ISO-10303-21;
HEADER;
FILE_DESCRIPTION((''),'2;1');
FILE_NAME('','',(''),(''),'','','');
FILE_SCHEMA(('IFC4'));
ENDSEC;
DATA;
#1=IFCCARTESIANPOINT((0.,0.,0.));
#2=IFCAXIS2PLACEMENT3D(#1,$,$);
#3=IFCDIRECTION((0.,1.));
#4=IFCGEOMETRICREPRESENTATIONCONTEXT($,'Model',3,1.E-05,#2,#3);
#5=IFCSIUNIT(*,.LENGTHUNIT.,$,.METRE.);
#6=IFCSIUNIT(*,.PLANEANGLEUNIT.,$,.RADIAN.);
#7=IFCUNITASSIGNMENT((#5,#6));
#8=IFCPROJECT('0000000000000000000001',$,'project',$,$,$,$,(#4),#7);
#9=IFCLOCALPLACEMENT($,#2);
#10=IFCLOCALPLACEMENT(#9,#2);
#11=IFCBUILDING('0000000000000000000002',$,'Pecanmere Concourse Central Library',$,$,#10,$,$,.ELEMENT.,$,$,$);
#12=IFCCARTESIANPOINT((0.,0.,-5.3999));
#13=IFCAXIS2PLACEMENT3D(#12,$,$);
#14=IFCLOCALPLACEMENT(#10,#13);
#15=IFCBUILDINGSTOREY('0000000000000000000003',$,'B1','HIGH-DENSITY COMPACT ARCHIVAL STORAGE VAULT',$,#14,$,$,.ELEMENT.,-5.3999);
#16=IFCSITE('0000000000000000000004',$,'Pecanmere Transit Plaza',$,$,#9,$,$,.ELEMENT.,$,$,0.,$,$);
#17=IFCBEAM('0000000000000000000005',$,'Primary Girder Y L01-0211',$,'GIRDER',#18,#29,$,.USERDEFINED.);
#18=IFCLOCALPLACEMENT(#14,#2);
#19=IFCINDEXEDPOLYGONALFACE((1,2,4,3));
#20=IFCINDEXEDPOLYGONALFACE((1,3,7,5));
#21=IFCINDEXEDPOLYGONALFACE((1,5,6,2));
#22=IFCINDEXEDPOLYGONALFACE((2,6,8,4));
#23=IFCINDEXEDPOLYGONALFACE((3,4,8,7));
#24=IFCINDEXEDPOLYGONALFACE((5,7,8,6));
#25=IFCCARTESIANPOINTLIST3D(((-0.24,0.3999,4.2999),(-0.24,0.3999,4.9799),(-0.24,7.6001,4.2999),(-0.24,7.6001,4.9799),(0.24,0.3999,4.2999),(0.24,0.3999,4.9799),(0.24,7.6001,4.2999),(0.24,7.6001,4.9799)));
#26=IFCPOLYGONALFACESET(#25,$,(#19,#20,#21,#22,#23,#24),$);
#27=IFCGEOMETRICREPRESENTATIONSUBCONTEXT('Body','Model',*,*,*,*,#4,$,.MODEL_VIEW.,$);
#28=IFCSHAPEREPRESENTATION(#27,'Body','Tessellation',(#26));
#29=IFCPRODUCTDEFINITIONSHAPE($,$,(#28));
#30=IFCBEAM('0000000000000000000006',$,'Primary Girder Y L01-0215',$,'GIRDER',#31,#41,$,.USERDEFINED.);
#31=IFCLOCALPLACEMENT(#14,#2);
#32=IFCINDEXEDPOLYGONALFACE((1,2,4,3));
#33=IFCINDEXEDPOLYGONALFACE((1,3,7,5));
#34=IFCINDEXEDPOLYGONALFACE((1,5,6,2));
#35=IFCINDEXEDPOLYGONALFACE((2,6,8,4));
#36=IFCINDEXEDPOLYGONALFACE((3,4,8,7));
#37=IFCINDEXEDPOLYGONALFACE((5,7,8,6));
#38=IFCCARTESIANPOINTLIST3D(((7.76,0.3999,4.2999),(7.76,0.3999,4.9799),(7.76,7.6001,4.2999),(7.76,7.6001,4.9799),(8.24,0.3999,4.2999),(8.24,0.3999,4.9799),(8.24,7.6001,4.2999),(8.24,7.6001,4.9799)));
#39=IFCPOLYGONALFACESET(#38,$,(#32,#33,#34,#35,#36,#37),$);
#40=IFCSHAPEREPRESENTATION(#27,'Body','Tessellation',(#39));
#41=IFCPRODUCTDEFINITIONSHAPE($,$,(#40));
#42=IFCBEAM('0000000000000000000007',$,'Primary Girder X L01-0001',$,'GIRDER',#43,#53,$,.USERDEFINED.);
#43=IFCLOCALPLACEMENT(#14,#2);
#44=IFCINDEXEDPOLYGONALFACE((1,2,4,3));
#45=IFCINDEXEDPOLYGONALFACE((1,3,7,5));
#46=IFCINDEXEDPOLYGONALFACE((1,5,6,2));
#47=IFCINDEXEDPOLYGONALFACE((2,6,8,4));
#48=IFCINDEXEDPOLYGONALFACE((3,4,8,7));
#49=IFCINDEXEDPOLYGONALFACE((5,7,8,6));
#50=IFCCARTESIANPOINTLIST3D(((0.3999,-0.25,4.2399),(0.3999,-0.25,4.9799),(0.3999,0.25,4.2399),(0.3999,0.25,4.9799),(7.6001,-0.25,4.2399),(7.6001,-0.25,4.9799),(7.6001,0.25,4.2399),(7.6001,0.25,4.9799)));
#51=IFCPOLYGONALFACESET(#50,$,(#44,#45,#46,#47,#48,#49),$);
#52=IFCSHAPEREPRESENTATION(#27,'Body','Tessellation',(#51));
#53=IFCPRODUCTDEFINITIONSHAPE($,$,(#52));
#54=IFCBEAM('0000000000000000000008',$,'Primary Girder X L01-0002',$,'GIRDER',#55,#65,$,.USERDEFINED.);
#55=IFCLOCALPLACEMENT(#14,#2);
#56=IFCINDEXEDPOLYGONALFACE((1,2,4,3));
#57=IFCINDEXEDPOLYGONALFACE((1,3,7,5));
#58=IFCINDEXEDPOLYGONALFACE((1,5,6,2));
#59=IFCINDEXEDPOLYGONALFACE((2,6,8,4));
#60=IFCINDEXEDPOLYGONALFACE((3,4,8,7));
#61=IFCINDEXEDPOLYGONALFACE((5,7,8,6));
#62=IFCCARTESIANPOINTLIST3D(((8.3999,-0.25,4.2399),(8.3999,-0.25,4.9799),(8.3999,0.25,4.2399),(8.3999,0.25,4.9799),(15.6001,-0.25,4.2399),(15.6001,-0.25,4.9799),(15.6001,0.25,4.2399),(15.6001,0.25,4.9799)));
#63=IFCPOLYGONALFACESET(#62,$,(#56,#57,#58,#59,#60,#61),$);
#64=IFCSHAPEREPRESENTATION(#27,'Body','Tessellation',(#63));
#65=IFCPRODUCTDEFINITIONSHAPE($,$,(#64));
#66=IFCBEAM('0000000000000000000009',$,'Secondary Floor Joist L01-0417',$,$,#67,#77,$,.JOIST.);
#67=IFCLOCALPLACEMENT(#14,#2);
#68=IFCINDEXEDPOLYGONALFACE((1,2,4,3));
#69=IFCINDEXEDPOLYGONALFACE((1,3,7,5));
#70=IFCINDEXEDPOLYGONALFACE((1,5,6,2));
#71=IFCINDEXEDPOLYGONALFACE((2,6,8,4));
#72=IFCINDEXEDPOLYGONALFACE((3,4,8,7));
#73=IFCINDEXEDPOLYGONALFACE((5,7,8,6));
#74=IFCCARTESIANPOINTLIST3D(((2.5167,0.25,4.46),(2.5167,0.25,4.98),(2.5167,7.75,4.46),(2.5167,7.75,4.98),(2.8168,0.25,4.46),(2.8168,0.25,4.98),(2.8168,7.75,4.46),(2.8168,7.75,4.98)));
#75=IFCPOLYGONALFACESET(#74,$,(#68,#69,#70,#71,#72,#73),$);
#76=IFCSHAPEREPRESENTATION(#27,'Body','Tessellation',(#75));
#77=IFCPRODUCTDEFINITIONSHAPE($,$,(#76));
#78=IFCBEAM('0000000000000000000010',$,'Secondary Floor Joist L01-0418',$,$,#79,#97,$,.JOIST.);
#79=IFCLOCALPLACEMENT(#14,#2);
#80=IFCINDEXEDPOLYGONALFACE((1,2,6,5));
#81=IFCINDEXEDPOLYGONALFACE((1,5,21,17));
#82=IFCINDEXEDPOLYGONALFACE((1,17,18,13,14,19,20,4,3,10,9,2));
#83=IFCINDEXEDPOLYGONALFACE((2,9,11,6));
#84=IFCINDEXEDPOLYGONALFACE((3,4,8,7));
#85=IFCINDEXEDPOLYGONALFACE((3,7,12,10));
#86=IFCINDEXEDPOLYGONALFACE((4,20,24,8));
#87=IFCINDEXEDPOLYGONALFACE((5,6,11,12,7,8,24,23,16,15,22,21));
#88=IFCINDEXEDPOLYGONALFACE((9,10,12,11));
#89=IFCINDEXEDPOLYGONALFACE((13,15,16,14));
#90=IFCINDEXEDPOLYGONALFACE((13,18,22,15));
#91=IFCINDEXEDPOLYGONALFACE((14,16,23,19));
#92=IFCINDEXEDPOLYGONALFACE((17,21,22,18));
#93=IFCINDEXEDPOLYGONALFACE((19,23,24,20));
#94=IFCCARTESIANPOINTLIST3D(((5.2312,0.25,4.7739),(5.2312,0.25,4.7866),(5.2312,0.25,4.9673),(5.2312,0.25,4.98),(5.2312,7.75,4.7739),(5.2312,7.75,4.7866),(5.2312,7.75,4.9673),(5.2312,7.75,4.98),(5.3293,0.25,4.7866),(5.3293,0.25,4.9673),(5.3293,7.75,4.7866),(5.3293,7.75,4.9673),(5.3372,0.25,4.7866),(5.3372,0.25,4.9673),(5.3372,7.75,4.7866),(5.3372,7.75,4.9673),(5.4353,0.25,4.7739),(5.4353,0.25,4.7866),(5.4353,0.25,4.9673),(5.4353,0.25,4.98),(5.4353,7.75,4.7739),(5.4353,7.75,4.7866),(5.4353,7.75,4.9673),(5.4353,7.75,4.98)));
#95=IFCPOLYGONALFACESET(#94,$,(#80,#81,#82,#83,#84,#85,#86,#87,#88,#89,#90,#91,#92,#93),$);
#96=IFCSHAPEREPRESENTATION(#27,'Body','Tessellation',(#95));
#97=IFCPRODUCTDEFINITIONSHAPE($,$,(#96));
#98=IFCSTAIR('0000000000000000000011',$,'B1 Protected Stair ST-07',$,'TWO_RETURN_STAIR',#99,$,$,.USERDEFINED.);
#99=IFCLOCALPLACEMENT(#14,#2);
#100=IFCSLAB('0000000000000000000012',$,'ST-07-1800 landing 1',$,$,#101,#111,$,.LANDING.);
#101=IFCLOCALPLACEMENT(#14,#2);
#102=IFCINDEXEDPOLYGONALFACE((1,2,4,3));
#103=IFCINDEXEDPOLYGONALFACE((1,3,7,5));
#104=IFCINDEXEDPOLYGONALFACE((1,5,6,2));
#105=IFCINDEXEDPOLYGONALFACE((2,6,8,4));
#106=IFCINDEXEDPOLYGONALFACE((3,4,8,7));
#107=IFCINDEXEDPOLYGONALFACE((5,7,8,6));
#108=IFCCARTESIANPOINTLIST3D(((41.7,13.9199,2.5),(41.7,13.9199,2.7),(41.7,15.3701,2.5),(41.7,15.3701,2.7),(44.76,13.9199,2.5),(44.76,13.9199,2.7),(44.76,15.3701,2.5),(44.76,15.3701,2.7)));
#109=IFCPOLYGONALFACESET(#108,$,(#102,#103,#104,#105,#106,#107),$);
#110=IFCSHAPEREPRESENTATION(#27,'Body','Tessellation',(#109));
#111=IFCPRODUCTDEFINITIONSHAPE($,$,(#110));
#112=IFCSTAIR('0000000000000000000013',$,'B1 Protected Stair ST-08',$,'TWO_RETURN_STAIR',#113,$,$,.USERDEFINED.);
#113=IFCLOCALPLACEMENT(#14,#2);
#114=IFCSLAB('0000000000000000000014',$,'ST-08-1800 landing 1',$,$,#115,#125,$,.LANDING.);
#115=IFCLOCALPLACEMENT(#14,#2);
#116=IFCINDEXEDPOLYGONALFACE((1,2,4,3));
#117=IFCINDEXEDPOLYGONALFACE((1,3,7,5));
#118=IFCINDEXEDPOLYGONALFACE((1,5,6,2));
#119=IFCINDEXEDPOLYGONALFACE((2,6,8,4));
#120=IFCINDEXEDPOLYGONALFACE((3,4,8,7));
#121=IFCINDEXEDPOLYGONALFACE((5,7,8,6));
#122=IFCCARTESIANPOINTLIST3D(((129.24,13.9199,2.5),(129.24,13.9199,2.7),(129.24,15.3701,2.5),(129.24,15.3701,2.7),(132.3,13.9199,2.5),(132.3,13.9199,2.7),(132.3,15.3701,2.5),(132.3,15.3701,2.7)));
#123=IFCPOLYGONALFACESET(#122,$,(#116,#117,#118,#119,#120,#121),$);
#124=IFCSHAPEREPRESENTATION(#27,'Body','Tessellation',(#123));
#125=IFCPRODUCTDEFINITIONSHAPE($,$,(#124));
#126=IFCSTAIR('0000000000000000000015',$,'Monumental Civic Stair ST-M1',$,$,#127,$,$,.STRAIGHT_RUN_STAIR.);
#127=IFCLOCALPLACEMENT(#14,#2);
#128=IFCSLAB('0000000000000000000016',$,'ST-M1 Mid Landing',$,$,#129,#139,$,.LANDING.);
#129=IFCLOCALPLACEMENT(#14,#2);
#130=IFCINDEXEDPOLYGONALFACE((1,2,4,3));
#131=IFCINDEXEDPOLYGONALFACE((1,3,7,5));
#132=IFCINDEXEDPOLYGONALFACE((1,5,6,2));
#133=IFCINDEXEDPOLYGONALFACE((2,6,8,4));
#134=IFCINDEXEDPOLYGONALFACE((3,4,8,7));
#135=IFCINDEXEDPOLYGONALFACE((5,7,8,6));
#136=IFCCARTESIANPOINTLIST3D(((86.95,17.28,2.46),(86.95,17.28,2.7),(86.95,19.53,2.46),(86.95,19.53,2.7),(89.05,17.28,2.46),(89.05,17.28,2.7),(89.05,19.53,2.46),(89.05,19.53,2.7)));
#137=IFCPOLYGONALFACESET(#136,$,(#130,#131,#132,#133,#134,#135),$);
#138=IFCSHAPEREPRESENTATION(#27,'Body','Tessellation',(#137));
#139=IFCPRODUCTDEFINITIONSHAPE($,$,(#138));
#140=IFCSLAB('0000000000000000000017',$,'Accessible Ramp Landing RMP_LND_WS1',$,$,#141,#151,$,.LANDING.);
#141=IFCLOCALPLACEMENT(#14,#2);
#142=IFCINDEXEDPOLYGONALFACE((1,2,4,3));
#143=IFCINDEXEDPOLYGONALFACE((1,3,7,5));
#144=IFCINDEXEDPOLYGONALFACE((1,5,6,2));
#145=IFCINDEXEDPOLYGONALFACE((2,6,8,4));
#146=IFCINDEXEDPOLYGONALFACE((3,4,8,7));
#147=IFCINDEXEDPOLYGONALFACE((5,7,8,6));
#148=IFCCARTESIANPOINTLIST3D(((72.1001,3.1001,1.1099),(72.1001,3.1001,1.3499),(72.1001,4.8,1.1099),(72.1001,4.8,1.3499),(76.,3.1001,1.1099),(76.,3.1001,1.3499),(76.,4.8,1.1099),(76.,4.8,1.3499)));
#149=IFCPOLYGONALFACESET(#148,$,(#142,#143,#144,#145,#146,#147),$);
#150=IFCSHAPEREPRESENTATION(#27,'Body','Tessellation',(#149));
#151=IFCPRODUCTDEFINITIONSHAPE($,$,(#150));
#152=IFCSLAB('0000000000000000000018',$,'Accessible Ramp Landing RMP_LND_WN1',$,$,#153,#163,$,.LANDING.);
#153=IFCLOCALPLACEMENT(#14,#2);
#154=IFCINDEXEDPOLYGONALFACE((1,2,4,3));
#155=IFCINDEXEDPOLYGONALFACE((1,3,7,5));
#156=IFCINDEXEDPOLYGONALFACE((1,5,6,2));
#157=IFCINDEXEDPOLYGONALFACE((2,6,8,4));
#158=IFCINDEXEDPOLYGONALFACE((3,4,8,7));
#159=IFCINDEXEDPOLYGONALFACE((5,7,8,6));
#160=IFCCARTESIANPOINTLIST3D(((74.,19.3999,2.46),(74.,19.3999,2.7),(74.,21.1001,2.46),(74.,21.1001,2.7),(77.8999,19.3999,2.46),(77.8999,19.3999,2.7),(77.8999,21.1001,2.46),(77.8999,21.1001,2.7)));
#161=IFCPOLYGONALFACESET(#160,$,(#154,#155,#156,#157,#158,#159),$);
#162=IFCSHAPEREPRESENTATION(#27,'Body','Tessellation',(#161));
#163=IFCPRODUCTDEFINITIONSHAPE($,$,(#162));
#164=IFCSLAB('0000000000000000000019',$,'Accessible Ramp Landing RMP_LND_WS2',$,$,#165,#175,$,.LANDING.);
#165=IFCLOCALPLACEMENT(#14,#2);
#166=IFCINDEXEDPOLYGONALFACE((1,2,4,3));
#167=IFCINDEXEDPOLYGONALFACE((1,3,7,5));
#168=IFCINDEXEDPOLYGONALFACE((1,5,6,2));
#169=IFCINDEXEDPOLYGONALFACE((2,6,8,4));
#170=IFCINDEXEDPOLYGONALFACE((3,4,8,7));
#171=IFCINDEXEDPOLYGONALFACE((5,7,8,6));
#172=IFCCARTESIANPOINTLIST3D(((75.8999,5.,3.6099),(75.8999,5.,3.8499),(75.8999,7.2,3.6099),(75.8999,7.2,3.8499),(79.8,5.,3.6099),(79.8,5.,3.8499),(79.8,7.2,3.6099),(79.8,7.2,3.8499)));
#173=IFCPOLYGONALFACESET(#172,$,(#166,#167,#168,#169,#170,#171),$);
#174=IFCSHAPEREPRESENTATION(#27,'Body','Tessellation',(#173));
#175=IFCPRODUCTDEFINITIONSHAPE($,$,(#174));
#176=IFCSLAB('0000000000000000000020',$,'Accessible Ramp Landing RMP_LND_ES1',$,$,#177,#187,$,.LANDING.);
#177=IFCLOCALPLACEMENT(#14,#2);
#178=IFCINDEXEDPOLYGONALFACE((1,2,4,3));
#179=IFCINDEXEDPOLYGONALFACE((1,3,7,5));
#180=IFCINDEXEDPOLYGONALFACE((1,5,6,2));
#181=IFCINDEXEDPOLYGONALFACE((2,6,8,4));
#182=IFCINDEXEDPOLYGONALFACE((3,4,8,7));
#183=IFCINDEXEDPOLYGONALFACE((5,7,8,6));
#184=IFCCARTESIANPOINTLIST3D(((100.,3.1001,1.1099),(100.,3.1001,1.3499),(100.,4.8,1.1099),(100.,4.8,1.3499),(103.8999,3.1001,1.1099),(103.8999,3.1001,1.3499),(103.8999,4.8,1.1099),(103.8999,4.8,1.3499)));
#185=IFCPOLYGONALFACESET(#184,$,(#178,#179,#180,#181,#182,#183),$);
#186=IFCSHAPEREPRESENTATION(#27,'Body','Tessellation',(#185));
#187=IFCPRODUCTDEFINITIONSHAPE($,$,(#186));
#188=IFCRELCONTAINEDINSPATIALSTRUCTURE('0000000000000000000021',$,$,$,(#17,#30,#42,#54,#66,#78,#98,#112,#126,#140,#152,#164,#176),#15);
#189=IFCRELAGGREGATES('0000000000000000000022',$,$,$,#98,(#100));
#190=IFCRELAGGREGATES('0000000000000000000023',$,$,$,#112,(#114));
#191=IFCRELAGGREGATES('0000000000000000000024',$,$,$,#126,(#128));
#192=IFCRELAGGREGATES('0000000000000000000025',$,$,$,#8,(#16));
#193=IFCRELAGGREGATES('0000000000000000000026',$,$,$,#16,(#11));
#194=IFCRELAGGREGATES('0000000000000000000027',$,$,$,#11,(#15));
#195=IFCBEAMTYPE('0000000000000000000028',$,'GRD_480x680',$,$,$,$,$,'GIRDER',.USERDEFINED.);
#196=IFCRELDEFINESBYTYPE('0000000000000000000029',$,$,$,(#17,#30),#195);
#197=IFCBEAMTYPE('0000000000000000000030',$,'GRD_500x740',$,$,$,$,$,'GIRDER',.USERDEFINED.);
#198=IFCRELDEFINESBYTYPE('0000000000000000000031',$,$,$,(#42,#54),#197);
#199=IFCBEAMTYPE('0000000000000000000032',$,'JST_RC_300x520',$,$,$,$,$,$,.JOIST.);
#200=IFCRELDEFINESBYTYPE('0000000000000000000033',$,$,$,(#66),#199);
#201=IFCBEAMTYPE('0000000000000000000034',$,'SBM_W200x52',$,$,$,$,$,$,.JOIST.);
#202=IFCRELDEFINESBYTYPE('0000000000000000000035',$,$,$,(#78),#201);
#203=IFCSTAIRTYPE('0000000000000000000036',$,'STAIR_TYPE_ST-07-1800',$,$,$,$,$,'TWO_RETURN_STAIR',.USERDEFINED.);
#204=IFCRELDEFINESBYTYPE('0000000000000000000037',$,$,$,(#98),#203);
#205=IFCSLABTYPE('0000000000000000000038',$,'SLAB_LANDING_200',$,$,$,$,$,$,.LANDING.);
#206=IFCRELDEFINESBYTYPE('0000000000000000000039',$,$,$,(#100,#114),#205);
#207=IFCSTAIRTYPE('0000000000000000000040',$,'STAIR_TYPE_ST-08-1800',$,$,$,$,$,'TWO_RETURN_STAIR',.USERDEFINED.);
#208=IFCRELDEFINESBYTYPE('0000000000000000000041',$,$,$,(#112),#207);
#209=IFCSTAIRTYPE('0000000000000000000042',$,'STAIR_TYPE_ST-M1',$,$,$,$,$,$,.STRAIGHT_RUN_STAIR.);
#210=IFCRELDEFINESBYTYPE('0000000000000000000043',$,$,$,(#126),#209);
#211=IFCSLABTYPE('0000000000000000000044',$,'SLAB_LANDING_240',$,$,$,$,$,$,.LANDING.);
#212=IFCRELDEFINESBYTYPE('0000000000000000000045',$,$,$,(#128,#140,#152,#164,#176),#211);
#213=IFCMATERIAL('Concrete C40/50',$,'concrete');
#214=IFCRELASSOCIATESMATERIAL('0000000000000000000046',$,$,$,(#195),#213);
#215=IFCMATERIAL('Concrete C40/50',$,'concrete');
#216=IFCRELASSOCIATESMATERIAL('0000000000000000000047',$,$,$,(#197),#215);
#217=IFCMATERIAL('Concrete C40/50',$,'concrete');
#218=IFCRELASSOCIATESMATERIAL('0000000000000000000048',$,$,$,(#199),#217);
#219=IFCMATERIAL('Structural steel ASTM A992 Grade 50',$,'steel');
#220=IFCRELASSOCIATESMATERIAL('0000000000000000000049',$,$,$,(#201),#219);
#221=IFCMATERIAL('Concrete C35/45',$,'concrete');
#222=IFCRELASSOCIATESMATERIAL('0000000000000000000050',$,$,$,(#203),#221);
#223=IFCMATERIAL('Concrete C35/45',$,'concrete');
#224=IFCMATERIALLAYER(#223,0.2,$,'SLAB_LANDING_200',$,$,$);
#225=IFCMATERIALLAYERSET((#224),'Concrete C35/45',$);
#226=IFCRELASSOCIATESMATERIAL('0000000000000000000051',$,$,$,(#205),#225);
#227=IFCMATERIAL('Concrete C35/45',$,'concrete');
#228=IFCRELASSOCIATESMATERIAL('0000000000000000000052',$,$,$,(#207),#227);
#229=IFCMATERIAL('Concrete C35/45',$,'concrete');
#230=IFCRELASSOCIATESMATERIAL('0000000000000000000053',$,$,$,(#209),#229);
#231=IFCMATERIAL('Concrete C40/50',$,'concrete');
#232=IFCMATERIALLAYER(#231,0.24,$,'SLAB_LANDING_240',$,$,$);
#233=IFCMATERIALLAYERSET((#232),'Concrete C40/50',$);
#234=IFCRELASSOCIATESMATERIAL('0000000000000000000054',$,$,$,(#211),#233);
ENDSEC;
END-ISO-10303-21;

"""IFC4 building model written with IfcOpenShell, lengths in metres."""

from ifc_helpers import new_model, si_unit, direction, frame, origin, origin_2d, place, context, subcontext, project, spatial, polyline, rectangle, i_section, outline, extrude, material, layer, layer_set, material_profile, profile_set, type_object, element, aggregate, save


model = new_model("IFC4")

# Units and contexts
model_context = context("Model", 3, precision=1e-05, world=origin(), true_north=direction((0.0, 1.0)))
body_context = subcontext(model_context, "Body", "Model", "MODEL_VIEW")
ifc_project = project(units=[si_unit("LENGTHUNIT", "METRE"), si_unit("PLANEANGLEUNIT", "RADIAN")], contexts=[model_context])

# Site, building, storey
site_placement = place(None, origin())
site = spatial("IfcSite", under=ifc_project, at=site_placement, Name="Pecanmere Transit Plaza", CompositionType="ELEMENT", RefElevation=0.0)
building_placement = place(site_placement, origin())
building = spatial("IfcBuilding", under=site, at=building_placement, Name="Pecanmere Concourse Central Library", CompositionType="ELEMENT")
storey_placement = place(building_placement, frame((0.0, 0.0, -5.3999)))
storey = spatial("IfcBuildingStorey", under=building, at=storey_placement, Name="B1", Description="HIGH-DENSITY COMPACT ARCHIVAL STORAGE VAULT", CompositionType="ELEMENT", Elevation=-5.3999)

# Beams
ifc_material_1 = material(Name="Concrete C40/50", Category="concrete")
ifc_material_profile_1 = material_profile(ifc_material_1, rectangle(XDim=0.48, YDim=0.6799, at=origin_2d()), Name="RC 480x680")
ifc_profile_set_1 = profile_set([ifc_material_profile_1], Name="Concrete C40/50")
beam_type_1 = type_object("IfcBeamType", Name="GRD_480x680", ElementType="GIRDER", PredefinedType="USERDEFINED", material=ifc_profile_set_1)
for number, where, z_axis, x_axis, name in (
    (1, (0.0, 0.3999, 4.6399), (0.0, 1.0, 0.0), (-1.0, 0.0, 0.0), "Primary Girder Y L01-0211"),
    (2, (8.0, 0.3999, 4.6399), (0.0, 1.0, 0.0), (-1.0, 0.0, 0.0), "Primary Girder Y L01-0215"),
):
    element("IfcBeam", number, at=place(storey_placement, frame(where, z_axis=z_axis, x_axis=x_axis)), inside=storey, type_object=beam_type_1, Name=name, ObjectType="GIRDER", PredefinedType="USERDEFINED", context=body_context, shape_type="SweptSolid", body=[
        extrude(rectangle(XDim=0.48, YDim=0.6799, at=origin_2d()), origin(), (0.0, 0.0, 1.0), 7.2002),
    ])
ifc_material_2 = material(Name="Concrete C40/50", Category="concrete")
ifc_material_profile_2 = material_profile(ifc_material_2, rectangle(XDim=0.5, YDim=0.74, at=origin_2d()), Name="RC 500x740")
ifc_profile_set_2 = profile_set([ifc_material_profile_2], Name="Concrete C40/50")
beam_type_2 = type_object("IfcBeamType", Name="GRD_500x740", ElementType="GIRDER", PredefinedType="USERDEFINED", material=ifc_profile_set_2)
for number, where, z_axis, x_axis, name in (
    (3, (0.3999, 0.0, 4.6099), (1.0, 0.0, 0.0), (0.0, 1.0, 0.0), "Primary Girder X L01-0001"),
    (4, (8.3999, 0.0, 4.6099), (1.0, 0.0, 0.0), (0.0, 1.0, 0.0), "Primary Girder X L01-0002"),
):
    element("IfcBeam", number, at=place(storey_placement, frame(where, z_axis=z_axis, x_axis=x_axis)), inside=storey, type_object=beam_type_2, Name=name, ObjectType="GIRDER", PredefinedType="USERDEFINED", context=body_context, shape_type="SweptSolid", body=[
        extrude(rectangle(XDim=0.5, YDim=0.74, at=origin_2d()), origin(), (0.0, 0.0, 1.0), 7.2002),
    ])
ifc_material_3 = material(Name="Concrete C40/50", Category="concrete")
ifc_material_profile_3 = material_profile(ifc_material_3, rectangle(XDim=0.3, YDim=0.52, at=origin_2d()), Name="RC 300x520")
ifc_profile_set_3 = profile_set([ifc_material_profile_3], Name="Concrete C40/50")
beam_type_3 = type_object("IfcBeamType", Name="JST_RC_300x520", PredefinedType="JOIST", material=ifc_profile_set_3)
beam_1_placement = place(storey_placement, frame((2.6667, 0.25, 4.72), z_axis=(0.0, 1.0, 0.0), x_axis=(-1.0, 0.0, 0.0)))
element("IfcBeam", 5, at=beam_1_placement, inside=storey, type_object=beam_type_3, Name="Secondary Floor Joist L01-0417", PredefinedType="JOIST", context=body_context, shape_type="SweptSolid", body=[
    extrude(rectangle(XDim=0.3, YDim=0.52, at=origin_2d()), origin(), (0.0, 0.0, 1.0), 7.5),
])
ifc_material_4 = material(Name="Structural steel ASTM A992 Grade 50", Category="steel")
ifc_material_profile_4 = material_profile(ifc_material_4, i_section(OverallWidth=0.2041, OverallDepth=0.2061, WebThickness=0.0078, FlangeThickness=0.0127, at=origin_2d()), Name="W200x52")
ifc_profile_set_4 = profile_set([ifc_material_profile_4], Name="Structural steel ASTM A992 Grade 50")
beam_type_4 = type_object("IfcBeamType", Name="SBM_W200x52", PredefinedType="JOIST", material=ifc_profile_set_4)
beam_2_placement = place(storey_placement, frame((5.3333, 0.25, 4.877), z_axis=(0.0, 1.0, 0.0), x_axis=(-1.0, 0.0, 0.0)))
element("IfcBeam", 6, at=beam_2_placement, inside=storey, type_object=beam_type_4, Name="Secondary Floor Joist L01-0418", PredefinedType="JOIST", context=body_context, shape_type="SweptSolid", body=[
    extrude(i_section(OverallWidth=0.2041, OverallDepth=0.2061, WebThickness=0.0078, FlangeThickness=0.0127, at=origin_2d()), origin(), (0.0, 0.0, 1.0), 7.5),
])

# Stairs, slabs
ifc_material_5 = material(Name="Concrete C35/45", Category="concrete")
stair_type_1 = type_object("IfcStairType", Name="STAIR_TYPE_ST-07-1800", ElementType="TWO_RETURN_STAIR", PredefinedType="USERDEFINED", material=ifc_material_5)
stair_1_placement = place(storey_placement, origin())
stair_1 = element("IfcStair", 7, at=stair_1_placement, inside=storey, type_object=stair_type_1, Name="B1 Protected Stair ST-07", ObjectType="TWO_RETURN_STAIR", PredefinedType="USERDEFINED")
ifc_material_6 = material(Name="Concrete C35/45", Category="concrete")
ifc_layer_1 = layer(ifc_material_6, 0.2, Name="SLAB_LANDING_200")
ifc_layer_set_1 = layer_set([ifc_layer_1], Name="Concrete C35/45")
slab_type_1 = type_object("IfcSlabType", Name="SLAB_LANDING_200", PredefinedType="LANDING", material=ifc_layer_set_1)
slab_1_placement = place(storey_placement, frame((0.0, 0.0, 2.5)))
slab_1 = element("IfcSlab", 8, at=slab_1_placement, type_object=slab_type_1, Name="ST-07-1800 landing 1", PredefinedType="LANDING", context=body_context, shape_type="SweptSolid", body=[
    extrude(outline(polyline([(44.76, 13.9199), (44.76, 15.3701), (41.7, 15.3701), (41.7, 13.9199), (44.76, 13.9199)])), origin(), (0.0, 0.0, 1.0), 0.2),
])
aggregate(stair_1, [slab_1])
ifc_material_7 = material(Name="Concrete C35/45", Category="concrete")
stair_type_2 = type_object("IfcStairType", Name="STAIR_TYPE_ST-08-1800", ElementType="TWO_RETURN_STAIR", PredefinedType="USERDEFINED", material=ifc_material_7)
stair_2_placement = place(storey_placement, origin())
stair_2 = element("IfcStair", 9, at=stair_2_placement, inside=storey, type_object=stair_type_2, Name="B1 Protected Stair ST-08", ObjectType="TWO_RETURN_STAIR", PredefinedType="USERDEFINED")
slab_2_placement = place(storey_placement, frame((0.0, 0.0, 2.5)))
slab_2 = element("IfcSlab", 10, at=slab_2_placement, type_object=slab_type_1, Name="ST-08-1800 landing 1", PredefinedType="LANDING", context=body_context, shape_type="SweptSolid", body=[
    extrude(outline(polyline([(132.3, 13.9199), (132.3, 15.3701), (129.24, 15.3701), (129.24, 13.9199), (132.3, 13.9199)])), origin(), (0.0, 0.0, 1.0), 0.2),
])
aggregate(stair_2, [slab_2])
ifc_material_8 = material(Name="Concrete C35/45", Category="concrete")
stair_type_3 = type_object("IfcStairType", Name="STAIR_TYPE_ST-M1", PredefinedType="STRAIGHT_RUN_STAIR", material=ifc_material_8)
stair_3_placement = place(storey_placement, origin())
stair_3 = element("IfcStair", 11, at=stair_3_placement, inside=storey, type_object=stair_type_3, Name="Monumental Civic Stair ST-M1", PredefinedType="STRAIGHT_RUN_STAIR")
ifc_material_9 = material(Name="Concrete C40/50", Category="concrete")
ifc_layer_2 = layer(ifc_material_9, 0.24, Name="SLAB_LANDING_240")
ifc_layer_set_2 = layer_set([ifc_layer_2], Name="Concrete C40/50")
slab_type_2 = type_object("IfcSlabType", Name="SLAB_LANDING_240", PredefinedType="LANDING", material=ifc_layer_set_2)
slab_3_placement = place(storey_placement, frame((0.0, 0.0, 2.46)))
slab_3 = element("IfcSlab", 12, at=slab_3_placement, type_object=slab_type_2, Name="ST-M1 Mid Landing", PredefinedType="LANDING", context=body_context, shape_type="SweptSolid", body=[
    extrude(outline(polyline([(89.05, 17.28), (89.05, 19.53), (86.95, 19.53), (86.95, 17.28), (89.05, 17.28)])), origin(), (0.0, 0.0, 1.0), 0.24),
])
aggregate(stair_3, [slab_3])

# Slabs
slab_4_placement = place(storey_placement, frame((0.0, 0.0, 1.1099)))
element("IfcSlab", 13, at=slab_4_placement, inside=storey, type_object=slab_type_2, Name="Accessible Ramp Landing RMP_LND_WS1", PredefinedType="LANDING", context=body_context, shape_type="SweptSolid", body=[
    extrude(outline(polyline([(72.1001, 3.1001), (76.0, 3.1001), (76.0, 4.8), (72.1001, 4.8), (72.1001, 3.1001)])), origin(), (0.0, 0.0, 1.0), 0.24),
])
slab_5_placement = place(storey_placement, frame((0.0, 0.0, 2.46)))
element("IfcSlab", 14, at=slab_5_placement, inside=storey, type_object=slab_type_2, Name="Accessible Ramp Landing RMP_LND_WN1", PredefinedType="LANDING", context=body_context, shape_type="SweptSolid", body=[
    extrude(outline(polyline([(74.0, 19.3999), (77.8999, 19.3999), (77.8999, 21.1001), (74.0, 21.1001), (74.0, 19.3999)])), origin(), (0.0, 0.0, 1.0), 0.24),
])
slab_6_placement = place(storey_placement, frame((0.0, 0.0, 3.6099)))
element("IfcSlab", 15, at=slab_6_placement, inside=storey, type_object=slab_type_2, Name="Accessible Ramp Landing RMP_LND_WS2", PredefinedType="LANDING", context=body_context, shape_type="SweptSolid", body=[
    extrude(outline(polyline([(75.8999, 5.0), (79.8, 5.0), (79.8, 7.2), (75.8999, 7.2), (75.8999, 5.0)])), origin(), (0.0, 0.0, 1.0), 0.24),
])
slab_7_placement = place(storey_placement, frame((0.0, 0.0, 1.1099)))
element("IfcSlab", 16, at=slab_7_placement, inside=storey, type_object=slab_type_2, Name="Accessible Ramp Landing RMP_LND_ES1", PredefinedType="LANDING", context=body_context, shape_type="SweptSolid", body=[
    extrude(outline(polyline([(100.0, 3.1001), (103.8999, 3.1001), (103.8999, 4.8), (100.0, 4.8), (100.0, 3.1001)])), origin(), (0.0, 0.0, 1.0), 0.24),
])

save(model, "model.ifc")
